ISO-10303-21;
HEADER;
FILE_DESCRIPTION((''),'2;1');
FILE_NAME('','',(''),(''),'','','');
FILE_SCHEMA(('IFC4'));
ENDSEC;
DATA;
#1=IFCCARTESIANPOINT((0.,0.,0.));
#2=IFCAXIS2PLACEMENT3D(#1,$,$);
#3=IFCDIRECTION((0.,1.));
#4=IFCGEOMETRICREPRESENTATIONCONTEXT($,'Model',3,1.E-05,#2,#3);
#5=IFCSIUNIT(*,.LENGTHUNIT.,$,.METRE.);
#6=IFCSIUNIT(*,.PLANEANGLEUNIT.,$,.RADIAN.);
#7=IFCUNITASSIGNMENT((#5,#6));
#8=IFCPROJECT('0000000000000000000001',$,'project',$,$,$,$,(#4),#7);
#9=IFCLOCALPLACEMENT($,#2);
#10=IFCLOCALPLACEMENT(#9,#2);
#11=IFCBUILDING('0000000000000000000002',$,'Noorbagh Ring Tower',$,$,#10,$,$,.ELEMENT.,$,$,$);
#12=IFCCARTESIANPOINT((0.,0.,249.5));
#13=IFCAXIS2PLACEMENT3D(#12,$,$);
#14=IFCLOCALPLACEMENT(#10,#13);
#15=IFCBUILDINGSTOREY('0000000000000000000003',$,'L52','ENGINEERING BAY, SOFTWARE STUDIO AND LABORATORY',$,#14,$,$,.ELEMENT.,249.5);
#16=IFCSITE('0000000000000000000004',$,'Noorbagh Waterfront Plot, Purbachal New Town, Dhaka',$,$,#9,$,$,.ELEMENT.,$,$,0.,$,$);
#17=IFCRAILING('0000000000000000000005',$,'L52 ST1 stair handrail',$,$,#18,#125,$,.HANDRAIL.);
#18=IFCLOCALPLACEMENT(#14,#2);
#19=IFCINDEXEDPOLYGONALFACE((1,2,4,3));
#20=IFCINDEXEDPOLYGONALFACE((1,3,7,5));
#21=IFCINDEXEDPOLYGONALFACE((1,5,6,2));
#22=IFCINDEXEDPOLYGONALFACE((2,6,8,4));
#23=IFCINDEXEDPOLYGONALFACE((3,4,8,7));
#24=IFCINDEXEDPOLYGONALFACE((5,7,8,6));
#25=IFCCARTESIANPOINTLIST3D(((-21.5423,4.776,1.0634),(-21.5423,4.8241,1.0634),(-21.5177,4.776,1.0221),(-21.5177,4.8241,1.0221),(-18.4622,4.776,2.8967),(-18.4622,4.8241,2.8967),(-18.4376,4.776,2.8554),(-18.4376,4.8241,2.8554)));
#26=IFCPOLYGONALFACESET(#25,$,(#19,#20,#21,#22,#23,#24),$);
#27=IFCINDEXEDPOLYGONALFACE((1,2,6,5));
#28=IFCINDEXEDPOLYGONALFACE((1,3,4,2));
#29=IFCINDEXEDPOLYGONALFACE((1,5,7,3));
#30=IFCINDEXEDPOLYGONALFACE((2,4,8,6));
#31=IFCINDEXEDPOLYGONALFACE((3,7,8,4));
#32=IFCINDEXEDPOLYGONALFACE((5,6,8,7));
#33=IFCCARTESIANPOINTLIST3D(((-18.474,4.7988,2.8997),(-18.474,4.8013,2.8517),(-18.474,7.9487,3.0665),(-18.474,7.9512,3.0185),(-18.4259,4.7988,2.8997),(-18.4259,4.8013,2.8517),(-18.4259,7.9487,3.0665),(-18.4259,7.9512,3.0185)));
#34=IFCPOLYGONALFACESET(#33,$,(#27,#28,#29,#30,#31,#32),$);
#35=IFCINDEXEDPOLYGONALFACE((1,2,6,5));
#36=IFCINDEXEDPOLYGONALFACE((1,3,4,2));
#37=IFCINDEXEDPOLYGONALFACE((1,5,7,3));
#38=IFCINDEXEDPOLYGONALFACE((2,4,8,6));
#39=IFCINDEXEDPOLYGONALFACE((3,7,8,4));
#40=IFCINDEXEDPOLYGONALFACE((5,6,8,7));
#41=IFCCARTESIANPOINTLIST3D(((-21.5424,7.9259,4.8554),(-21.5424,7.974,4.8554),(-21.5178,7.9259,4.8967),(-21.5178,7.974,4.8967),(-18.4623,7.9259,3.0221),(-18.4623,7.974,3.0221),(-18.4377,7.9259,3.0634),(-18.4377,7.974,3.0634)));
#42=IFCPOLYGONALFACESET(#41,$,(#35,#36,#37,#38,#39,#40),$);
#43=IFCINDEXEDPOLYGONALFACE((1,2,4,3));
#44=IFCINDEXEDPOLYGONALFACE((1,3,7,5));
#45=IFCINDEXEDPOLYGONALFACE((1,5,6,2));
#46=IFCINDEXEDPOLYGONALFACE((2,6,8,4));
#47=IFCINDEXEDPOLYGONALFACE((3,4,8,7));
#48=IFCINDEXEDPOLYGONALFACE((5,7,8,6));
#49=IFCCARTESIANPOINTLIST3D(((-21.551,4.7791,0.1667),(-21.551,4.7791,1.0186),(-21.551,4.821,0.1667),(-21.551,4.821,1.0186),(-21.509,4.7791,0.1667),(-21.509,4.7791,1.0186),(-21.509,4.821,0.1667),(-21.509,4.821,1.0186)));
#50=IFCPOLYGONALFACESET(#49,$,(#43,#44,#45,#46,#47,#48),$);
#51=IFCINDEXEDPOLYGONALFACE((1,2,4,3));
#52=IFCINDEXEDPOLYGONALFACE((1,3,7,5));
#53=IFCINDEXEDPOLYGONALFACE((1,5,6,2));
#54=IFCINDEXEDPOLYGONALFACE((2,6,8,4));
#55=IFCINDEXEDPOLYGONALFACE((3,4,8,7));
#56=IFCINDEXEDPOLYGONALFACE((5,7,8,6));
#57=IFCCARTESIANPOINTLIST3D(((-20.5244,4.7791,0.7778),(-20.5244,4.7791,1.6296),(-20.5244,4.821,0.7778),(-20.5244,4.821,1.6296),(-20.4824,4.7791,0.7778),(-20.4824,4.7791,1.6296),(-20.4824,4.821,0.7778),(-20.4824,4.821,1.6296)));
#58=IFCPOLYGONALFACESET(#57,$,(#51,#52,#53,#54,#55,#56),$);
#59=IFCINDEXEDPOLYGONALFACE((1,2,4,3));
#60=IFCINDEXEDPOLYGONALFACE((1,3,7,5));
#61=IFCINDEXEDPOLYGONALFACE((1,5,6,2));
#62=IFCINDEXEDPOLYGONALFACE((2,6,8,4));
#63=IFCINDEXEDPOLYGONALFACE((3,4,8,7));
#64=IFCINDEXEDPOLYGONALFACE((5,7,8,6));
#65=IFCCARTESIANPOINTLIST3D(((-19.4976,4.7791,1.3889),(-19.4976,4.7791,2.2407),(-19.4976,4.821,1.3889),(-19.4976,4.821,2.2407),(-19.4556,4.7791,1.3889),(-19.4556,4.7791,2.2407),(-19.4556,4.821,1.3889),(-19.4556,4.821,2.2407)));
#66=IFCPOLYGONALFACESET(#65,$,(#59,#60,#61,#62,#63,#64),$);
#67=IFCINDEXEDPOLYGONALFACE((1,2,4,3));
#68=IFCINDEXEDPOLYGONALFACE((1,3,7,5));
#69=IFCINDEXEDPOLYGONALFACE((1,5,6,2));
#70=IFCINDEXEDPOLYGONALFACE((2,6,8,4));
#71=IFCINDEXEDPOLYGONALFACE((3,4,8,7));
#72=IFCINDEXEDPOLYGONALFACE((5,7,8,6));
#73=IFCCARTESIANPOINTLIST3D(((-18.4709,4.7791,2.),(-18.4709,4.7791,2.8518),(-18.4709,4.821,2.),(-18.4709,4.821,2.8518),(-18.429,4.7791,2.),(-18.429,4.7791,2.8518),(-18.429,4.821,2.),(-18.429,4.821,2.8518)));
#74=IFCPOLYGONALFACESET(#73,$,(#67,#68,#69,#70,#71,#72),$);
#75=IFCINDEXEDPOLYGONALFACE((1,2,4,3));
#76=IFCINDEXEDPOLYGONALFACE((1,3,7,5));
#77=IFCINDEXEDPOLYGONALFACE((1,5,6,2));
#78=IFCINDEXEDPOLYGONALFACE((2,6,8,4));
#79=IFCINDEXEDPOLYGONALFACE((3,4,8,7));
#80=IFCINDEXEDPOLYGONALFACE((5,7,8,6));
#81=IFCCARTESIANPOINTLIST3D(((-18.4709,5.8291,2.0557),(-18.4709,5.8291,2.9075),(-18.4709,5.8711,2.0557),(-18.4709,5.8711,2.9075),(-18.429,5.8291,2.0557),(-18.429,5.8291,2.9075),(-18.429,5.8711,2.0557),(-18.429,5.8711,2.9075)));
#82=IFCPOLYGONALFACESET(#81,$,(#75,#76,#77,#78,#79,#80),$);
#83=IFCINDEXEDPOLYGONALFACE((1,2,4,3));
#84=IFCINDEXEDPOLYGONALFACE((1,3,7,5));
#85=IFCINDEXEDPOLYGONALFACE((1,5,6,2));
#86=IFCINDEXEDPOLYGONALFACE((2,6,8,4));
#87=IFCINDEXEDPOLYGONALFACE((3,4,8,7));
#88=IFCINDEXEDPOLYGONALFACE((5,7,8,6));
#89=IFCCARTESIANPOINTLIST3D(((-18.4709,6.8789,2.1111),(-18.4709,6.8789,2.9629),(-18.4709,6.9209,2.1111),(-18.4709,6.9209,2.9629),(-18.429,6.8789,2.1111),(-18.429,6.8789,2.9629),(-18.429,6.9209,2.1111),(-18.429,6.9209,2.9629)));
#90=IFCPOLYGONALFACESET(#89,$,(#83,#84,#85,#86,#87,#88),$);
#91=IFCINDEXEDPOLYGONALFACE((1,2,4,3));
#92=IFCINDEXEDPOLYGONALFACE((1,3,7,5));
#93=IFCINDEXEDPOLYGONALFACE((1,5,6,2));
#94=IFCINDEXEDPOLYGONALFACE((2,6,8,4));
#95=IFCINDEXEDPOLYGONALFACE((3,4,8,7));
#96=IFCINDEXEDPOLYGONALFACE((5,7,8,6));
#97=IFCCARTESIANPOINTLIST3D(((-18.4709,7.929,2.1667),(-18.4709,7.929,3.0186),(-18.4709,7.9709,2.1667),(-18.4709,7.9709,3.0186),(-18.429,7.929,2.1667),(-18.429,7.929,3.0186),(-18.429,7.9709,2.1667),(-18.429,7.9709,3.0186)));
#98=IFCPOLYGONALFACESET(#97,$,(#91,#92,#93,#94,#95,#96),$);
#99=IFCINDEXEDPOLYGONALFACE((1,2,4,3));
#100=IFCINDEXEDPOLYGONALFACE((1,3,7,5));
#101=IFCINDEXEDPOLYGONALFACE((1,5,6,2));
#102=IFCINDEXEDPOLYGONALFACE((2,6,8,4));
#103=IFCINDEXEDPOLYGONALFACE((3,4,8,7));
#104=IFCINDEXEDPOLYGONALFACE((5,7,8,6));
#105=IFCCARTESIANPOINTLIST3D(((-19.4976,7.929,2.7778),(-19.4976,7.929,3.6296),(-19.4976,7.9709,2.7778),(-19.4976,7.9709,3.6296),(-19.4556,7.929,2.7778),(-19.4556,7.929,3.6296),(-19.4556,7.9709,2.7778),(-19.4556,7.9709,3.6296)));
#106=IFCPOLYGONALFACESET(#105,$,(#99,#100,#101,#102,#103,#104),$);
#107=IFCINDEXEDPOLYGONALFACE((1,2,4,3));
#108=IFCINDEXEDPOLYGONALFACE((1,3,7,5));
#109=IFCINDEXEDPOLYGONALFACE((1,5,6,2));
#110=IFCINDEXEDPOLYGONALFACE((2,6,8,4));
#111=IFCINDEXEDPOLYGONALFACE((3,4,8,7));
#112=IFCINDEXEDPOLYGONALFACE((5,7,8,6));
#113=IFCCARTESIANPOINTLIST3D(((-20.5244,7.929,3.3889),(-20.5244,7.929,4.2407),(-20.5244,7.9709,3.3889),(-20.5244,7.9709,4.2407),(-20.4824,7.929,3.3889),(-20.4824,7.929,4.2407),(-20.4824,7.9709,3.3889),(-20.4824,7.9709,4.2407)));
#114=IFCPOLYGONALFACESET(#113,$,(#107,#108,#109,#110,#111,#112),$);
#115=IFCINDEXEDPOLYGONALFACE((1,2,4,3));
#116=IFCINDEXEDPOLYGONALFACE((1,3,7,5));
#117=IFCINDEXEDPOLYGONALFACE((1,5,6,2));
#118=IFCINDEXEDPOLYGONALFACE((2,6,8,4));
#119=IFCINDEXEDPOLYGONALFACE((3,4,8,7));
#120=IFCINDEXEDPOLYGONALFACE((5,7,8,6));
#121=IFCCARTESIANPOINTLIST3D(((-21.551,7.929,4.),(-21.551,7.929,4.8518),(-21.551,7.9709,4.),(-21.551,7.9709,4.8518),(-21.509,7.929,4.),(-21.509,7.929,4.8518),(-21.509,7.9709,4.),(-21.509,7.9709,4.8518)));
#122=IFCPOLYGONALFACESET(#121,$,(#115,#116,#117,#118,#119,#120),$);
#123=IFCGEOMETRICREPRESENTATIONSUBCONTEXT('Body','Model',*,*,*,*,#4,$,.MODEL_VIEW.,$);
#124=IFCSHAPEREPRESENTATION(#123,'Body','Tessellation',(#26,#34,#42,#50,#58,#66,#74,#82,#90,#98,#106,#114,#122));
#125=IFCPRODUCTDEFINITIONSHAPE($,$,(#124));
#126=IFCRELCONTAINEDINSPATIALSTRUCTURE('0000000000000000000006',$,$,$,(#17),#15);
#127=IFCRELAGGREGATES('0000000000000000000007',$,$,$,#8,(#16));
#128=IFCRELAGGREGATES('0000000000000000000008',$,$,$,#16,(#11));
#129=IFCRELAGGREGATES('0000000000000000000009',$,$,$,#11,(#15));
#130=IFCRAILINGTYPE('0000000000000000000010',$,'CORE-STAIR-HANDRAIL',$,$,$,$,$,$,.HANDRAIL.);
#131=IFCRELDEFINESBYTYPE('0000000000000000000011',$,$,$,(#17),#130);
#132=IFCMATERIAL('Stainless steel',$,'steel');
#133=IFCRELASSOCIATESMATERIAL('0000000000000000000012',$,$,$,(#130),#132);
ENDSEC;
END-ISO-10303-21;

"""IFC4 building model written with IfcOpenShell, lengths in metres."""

from ifc_helpers import new_model, si_unit, direction, frame, origin, origin_2d, place, context, subcontext, project, spatial, rectangle, extrude, material, type_object, element, save


model = new_model("IFC4")

# Units and contexts
model_context = context("Model", 3, precision=1e-05, world=origin(), true_north=direction((0.0, 1.0)))
body_context = subcontext(model_context, "Body", "Model", "MODEL_VIEW")
ifc_project = project(units=[si_unit("LENGTHUNIT", "METRE"), si_unit("PLANEANGLEUNIT", "RADIAN")], contexts=[model_context])

# Site, building, storey
site_placement = place(None, origin())
site = spatial("IfcSite", under=ifc_project, at=site_placement, Name="Noorbagh Waterfront Plot, Purbachal New Town, Dhaka", CompositionType="ELEMENT", RefElevation=0.0)
building_placement = place(site_placement, origin())
building = spatial("IfcBuilding", under=site, at=building_placement, Name="Noorbagh Ring Tower", CompositionType="ELEMENT")
storey_placement = place(building_placement, frame((0.0, 0.0, 249.5)))
storey = spatial("IfcBuildingStorey", under=building, at=storey_placement, Name="L52", Description="ENGINEERING BAY, SOFTWARE STUDIO AND LABORATORY", CompositionType="ELEMENT", Elevation=249.5)

# Railing
ifc_material_1 = material(Name="Stainless steel", Category="steel")
railing_type_1 = type_object("IfcRailingType", Name="CORE-STAIR-HANDRAIL", PredefinedType="HANDRAIL", material=ifc_material_1)
railing_1_placement = place(storey_placement, frame((-21.53, 4.8, 0.1667)))
element("IfcRailing", 1, at=railing_1_placement, inside=storey, type_object=railing_type_1, Name="L52 ST1 stair handrail", PredefinedType="HANDRAIL", context=body_context, shape_type="SweptSolid", body=[
    extrude(rectangle(XDim=0.0481, YDim=0.0481, at=origin_2d()), frame((0.0, 0.0, 0.876), z_axis=(0.859309, 0.0, 0.511458), x_axis=(0.0, 1.0, 0.0)), (0.0, 0.0, 1.0), 3.5845),
    extrude(rectangle(XDim=0.0481, YDim=0.0481, at=origin_2d()), frame((3.0801, 0.0, 2.709), z_axis=(0.0, 0.998602, 0.052864), x_axis=(-1.0, 0.0, 0.0)), (0.0, 0.0, 1.0), 3.1543),
    extrude(rectangle(XDim=0.0481, YDim=0.0481, at=origin_2d()), frame((3.0801, 3.1499, 2.876), z_axis=(-0.859309, 0.0, 0.511458), x_axis=(0.0, -1.0, 0.0)), (0.0, 0.0, 1.0), 3.5845),
    extrude(rectangle(XDim=0.042, YDim=0.042, at=origin_2d()), origin(), (0.0, 0.0, 1.0), 0.8518),
    extrude(rectangle(XDim=0.042, YDim=0.042, at=origin_2d()), frame((1.0266, 0.0, 0.6111)), (0.0, 0.0, 1.0), 0.8518),
    extrude(rectangle(XDim=0.042, YDim=0.042, at=origin_2d()), frame((2.0535, 0.0, 1.2222)), (0.0, 0.0, 1.0), 0.8518),
    extrude(rectangle(XDim=0.042, YDim=0.042, at=origin_2d()), frame((3.0801, 0.0, 1.8333)), (0.0, 0.0, 1.0), 0.8518),
    extrude(rectangle(XDim=0.042, YDim=0.042, at=origin_2d()), frame((3.0801, 1.05, 1.8889)), (0.0, 0.0, 1.0), 0.8518),
    extrude(rectangle(XDim=0.042, YDim=0.042, at=origin_2d()), frame((3.0801, 2.0999, 1.9443)), (0.0, 0.0, 1.0), 0.8518),
    extrude(rectangle(XDim=0.042, YDim=0.042, at=origin_2d()), frame((3.0801, 3.1499, 2.0)), (0.0, 0.0, 1.0), 0.8518),
    extrude(rectangle(XDim=0.042, YDim=0.042, at=origin_2d()), frame((2.0535, 3.1499, 2.6111)), (0.0, 0.0, 1.0), 0.8518),
    extrude(rectangle(XDim=0.042, YDim=0.042, at=origin_2d()), frame((1.0266, 3.1499, 3.2222)), (0.0, 0.0, 1.0), 0.8518),
    extrude(rectangle(XDim=0.042, YDim=0.042, at=origin_2d()), frame((0.0, 3.1499, 3.8333)), (0.0, 0.0, 1.0), 0.8518),
])

save(model, "model.ifc")
